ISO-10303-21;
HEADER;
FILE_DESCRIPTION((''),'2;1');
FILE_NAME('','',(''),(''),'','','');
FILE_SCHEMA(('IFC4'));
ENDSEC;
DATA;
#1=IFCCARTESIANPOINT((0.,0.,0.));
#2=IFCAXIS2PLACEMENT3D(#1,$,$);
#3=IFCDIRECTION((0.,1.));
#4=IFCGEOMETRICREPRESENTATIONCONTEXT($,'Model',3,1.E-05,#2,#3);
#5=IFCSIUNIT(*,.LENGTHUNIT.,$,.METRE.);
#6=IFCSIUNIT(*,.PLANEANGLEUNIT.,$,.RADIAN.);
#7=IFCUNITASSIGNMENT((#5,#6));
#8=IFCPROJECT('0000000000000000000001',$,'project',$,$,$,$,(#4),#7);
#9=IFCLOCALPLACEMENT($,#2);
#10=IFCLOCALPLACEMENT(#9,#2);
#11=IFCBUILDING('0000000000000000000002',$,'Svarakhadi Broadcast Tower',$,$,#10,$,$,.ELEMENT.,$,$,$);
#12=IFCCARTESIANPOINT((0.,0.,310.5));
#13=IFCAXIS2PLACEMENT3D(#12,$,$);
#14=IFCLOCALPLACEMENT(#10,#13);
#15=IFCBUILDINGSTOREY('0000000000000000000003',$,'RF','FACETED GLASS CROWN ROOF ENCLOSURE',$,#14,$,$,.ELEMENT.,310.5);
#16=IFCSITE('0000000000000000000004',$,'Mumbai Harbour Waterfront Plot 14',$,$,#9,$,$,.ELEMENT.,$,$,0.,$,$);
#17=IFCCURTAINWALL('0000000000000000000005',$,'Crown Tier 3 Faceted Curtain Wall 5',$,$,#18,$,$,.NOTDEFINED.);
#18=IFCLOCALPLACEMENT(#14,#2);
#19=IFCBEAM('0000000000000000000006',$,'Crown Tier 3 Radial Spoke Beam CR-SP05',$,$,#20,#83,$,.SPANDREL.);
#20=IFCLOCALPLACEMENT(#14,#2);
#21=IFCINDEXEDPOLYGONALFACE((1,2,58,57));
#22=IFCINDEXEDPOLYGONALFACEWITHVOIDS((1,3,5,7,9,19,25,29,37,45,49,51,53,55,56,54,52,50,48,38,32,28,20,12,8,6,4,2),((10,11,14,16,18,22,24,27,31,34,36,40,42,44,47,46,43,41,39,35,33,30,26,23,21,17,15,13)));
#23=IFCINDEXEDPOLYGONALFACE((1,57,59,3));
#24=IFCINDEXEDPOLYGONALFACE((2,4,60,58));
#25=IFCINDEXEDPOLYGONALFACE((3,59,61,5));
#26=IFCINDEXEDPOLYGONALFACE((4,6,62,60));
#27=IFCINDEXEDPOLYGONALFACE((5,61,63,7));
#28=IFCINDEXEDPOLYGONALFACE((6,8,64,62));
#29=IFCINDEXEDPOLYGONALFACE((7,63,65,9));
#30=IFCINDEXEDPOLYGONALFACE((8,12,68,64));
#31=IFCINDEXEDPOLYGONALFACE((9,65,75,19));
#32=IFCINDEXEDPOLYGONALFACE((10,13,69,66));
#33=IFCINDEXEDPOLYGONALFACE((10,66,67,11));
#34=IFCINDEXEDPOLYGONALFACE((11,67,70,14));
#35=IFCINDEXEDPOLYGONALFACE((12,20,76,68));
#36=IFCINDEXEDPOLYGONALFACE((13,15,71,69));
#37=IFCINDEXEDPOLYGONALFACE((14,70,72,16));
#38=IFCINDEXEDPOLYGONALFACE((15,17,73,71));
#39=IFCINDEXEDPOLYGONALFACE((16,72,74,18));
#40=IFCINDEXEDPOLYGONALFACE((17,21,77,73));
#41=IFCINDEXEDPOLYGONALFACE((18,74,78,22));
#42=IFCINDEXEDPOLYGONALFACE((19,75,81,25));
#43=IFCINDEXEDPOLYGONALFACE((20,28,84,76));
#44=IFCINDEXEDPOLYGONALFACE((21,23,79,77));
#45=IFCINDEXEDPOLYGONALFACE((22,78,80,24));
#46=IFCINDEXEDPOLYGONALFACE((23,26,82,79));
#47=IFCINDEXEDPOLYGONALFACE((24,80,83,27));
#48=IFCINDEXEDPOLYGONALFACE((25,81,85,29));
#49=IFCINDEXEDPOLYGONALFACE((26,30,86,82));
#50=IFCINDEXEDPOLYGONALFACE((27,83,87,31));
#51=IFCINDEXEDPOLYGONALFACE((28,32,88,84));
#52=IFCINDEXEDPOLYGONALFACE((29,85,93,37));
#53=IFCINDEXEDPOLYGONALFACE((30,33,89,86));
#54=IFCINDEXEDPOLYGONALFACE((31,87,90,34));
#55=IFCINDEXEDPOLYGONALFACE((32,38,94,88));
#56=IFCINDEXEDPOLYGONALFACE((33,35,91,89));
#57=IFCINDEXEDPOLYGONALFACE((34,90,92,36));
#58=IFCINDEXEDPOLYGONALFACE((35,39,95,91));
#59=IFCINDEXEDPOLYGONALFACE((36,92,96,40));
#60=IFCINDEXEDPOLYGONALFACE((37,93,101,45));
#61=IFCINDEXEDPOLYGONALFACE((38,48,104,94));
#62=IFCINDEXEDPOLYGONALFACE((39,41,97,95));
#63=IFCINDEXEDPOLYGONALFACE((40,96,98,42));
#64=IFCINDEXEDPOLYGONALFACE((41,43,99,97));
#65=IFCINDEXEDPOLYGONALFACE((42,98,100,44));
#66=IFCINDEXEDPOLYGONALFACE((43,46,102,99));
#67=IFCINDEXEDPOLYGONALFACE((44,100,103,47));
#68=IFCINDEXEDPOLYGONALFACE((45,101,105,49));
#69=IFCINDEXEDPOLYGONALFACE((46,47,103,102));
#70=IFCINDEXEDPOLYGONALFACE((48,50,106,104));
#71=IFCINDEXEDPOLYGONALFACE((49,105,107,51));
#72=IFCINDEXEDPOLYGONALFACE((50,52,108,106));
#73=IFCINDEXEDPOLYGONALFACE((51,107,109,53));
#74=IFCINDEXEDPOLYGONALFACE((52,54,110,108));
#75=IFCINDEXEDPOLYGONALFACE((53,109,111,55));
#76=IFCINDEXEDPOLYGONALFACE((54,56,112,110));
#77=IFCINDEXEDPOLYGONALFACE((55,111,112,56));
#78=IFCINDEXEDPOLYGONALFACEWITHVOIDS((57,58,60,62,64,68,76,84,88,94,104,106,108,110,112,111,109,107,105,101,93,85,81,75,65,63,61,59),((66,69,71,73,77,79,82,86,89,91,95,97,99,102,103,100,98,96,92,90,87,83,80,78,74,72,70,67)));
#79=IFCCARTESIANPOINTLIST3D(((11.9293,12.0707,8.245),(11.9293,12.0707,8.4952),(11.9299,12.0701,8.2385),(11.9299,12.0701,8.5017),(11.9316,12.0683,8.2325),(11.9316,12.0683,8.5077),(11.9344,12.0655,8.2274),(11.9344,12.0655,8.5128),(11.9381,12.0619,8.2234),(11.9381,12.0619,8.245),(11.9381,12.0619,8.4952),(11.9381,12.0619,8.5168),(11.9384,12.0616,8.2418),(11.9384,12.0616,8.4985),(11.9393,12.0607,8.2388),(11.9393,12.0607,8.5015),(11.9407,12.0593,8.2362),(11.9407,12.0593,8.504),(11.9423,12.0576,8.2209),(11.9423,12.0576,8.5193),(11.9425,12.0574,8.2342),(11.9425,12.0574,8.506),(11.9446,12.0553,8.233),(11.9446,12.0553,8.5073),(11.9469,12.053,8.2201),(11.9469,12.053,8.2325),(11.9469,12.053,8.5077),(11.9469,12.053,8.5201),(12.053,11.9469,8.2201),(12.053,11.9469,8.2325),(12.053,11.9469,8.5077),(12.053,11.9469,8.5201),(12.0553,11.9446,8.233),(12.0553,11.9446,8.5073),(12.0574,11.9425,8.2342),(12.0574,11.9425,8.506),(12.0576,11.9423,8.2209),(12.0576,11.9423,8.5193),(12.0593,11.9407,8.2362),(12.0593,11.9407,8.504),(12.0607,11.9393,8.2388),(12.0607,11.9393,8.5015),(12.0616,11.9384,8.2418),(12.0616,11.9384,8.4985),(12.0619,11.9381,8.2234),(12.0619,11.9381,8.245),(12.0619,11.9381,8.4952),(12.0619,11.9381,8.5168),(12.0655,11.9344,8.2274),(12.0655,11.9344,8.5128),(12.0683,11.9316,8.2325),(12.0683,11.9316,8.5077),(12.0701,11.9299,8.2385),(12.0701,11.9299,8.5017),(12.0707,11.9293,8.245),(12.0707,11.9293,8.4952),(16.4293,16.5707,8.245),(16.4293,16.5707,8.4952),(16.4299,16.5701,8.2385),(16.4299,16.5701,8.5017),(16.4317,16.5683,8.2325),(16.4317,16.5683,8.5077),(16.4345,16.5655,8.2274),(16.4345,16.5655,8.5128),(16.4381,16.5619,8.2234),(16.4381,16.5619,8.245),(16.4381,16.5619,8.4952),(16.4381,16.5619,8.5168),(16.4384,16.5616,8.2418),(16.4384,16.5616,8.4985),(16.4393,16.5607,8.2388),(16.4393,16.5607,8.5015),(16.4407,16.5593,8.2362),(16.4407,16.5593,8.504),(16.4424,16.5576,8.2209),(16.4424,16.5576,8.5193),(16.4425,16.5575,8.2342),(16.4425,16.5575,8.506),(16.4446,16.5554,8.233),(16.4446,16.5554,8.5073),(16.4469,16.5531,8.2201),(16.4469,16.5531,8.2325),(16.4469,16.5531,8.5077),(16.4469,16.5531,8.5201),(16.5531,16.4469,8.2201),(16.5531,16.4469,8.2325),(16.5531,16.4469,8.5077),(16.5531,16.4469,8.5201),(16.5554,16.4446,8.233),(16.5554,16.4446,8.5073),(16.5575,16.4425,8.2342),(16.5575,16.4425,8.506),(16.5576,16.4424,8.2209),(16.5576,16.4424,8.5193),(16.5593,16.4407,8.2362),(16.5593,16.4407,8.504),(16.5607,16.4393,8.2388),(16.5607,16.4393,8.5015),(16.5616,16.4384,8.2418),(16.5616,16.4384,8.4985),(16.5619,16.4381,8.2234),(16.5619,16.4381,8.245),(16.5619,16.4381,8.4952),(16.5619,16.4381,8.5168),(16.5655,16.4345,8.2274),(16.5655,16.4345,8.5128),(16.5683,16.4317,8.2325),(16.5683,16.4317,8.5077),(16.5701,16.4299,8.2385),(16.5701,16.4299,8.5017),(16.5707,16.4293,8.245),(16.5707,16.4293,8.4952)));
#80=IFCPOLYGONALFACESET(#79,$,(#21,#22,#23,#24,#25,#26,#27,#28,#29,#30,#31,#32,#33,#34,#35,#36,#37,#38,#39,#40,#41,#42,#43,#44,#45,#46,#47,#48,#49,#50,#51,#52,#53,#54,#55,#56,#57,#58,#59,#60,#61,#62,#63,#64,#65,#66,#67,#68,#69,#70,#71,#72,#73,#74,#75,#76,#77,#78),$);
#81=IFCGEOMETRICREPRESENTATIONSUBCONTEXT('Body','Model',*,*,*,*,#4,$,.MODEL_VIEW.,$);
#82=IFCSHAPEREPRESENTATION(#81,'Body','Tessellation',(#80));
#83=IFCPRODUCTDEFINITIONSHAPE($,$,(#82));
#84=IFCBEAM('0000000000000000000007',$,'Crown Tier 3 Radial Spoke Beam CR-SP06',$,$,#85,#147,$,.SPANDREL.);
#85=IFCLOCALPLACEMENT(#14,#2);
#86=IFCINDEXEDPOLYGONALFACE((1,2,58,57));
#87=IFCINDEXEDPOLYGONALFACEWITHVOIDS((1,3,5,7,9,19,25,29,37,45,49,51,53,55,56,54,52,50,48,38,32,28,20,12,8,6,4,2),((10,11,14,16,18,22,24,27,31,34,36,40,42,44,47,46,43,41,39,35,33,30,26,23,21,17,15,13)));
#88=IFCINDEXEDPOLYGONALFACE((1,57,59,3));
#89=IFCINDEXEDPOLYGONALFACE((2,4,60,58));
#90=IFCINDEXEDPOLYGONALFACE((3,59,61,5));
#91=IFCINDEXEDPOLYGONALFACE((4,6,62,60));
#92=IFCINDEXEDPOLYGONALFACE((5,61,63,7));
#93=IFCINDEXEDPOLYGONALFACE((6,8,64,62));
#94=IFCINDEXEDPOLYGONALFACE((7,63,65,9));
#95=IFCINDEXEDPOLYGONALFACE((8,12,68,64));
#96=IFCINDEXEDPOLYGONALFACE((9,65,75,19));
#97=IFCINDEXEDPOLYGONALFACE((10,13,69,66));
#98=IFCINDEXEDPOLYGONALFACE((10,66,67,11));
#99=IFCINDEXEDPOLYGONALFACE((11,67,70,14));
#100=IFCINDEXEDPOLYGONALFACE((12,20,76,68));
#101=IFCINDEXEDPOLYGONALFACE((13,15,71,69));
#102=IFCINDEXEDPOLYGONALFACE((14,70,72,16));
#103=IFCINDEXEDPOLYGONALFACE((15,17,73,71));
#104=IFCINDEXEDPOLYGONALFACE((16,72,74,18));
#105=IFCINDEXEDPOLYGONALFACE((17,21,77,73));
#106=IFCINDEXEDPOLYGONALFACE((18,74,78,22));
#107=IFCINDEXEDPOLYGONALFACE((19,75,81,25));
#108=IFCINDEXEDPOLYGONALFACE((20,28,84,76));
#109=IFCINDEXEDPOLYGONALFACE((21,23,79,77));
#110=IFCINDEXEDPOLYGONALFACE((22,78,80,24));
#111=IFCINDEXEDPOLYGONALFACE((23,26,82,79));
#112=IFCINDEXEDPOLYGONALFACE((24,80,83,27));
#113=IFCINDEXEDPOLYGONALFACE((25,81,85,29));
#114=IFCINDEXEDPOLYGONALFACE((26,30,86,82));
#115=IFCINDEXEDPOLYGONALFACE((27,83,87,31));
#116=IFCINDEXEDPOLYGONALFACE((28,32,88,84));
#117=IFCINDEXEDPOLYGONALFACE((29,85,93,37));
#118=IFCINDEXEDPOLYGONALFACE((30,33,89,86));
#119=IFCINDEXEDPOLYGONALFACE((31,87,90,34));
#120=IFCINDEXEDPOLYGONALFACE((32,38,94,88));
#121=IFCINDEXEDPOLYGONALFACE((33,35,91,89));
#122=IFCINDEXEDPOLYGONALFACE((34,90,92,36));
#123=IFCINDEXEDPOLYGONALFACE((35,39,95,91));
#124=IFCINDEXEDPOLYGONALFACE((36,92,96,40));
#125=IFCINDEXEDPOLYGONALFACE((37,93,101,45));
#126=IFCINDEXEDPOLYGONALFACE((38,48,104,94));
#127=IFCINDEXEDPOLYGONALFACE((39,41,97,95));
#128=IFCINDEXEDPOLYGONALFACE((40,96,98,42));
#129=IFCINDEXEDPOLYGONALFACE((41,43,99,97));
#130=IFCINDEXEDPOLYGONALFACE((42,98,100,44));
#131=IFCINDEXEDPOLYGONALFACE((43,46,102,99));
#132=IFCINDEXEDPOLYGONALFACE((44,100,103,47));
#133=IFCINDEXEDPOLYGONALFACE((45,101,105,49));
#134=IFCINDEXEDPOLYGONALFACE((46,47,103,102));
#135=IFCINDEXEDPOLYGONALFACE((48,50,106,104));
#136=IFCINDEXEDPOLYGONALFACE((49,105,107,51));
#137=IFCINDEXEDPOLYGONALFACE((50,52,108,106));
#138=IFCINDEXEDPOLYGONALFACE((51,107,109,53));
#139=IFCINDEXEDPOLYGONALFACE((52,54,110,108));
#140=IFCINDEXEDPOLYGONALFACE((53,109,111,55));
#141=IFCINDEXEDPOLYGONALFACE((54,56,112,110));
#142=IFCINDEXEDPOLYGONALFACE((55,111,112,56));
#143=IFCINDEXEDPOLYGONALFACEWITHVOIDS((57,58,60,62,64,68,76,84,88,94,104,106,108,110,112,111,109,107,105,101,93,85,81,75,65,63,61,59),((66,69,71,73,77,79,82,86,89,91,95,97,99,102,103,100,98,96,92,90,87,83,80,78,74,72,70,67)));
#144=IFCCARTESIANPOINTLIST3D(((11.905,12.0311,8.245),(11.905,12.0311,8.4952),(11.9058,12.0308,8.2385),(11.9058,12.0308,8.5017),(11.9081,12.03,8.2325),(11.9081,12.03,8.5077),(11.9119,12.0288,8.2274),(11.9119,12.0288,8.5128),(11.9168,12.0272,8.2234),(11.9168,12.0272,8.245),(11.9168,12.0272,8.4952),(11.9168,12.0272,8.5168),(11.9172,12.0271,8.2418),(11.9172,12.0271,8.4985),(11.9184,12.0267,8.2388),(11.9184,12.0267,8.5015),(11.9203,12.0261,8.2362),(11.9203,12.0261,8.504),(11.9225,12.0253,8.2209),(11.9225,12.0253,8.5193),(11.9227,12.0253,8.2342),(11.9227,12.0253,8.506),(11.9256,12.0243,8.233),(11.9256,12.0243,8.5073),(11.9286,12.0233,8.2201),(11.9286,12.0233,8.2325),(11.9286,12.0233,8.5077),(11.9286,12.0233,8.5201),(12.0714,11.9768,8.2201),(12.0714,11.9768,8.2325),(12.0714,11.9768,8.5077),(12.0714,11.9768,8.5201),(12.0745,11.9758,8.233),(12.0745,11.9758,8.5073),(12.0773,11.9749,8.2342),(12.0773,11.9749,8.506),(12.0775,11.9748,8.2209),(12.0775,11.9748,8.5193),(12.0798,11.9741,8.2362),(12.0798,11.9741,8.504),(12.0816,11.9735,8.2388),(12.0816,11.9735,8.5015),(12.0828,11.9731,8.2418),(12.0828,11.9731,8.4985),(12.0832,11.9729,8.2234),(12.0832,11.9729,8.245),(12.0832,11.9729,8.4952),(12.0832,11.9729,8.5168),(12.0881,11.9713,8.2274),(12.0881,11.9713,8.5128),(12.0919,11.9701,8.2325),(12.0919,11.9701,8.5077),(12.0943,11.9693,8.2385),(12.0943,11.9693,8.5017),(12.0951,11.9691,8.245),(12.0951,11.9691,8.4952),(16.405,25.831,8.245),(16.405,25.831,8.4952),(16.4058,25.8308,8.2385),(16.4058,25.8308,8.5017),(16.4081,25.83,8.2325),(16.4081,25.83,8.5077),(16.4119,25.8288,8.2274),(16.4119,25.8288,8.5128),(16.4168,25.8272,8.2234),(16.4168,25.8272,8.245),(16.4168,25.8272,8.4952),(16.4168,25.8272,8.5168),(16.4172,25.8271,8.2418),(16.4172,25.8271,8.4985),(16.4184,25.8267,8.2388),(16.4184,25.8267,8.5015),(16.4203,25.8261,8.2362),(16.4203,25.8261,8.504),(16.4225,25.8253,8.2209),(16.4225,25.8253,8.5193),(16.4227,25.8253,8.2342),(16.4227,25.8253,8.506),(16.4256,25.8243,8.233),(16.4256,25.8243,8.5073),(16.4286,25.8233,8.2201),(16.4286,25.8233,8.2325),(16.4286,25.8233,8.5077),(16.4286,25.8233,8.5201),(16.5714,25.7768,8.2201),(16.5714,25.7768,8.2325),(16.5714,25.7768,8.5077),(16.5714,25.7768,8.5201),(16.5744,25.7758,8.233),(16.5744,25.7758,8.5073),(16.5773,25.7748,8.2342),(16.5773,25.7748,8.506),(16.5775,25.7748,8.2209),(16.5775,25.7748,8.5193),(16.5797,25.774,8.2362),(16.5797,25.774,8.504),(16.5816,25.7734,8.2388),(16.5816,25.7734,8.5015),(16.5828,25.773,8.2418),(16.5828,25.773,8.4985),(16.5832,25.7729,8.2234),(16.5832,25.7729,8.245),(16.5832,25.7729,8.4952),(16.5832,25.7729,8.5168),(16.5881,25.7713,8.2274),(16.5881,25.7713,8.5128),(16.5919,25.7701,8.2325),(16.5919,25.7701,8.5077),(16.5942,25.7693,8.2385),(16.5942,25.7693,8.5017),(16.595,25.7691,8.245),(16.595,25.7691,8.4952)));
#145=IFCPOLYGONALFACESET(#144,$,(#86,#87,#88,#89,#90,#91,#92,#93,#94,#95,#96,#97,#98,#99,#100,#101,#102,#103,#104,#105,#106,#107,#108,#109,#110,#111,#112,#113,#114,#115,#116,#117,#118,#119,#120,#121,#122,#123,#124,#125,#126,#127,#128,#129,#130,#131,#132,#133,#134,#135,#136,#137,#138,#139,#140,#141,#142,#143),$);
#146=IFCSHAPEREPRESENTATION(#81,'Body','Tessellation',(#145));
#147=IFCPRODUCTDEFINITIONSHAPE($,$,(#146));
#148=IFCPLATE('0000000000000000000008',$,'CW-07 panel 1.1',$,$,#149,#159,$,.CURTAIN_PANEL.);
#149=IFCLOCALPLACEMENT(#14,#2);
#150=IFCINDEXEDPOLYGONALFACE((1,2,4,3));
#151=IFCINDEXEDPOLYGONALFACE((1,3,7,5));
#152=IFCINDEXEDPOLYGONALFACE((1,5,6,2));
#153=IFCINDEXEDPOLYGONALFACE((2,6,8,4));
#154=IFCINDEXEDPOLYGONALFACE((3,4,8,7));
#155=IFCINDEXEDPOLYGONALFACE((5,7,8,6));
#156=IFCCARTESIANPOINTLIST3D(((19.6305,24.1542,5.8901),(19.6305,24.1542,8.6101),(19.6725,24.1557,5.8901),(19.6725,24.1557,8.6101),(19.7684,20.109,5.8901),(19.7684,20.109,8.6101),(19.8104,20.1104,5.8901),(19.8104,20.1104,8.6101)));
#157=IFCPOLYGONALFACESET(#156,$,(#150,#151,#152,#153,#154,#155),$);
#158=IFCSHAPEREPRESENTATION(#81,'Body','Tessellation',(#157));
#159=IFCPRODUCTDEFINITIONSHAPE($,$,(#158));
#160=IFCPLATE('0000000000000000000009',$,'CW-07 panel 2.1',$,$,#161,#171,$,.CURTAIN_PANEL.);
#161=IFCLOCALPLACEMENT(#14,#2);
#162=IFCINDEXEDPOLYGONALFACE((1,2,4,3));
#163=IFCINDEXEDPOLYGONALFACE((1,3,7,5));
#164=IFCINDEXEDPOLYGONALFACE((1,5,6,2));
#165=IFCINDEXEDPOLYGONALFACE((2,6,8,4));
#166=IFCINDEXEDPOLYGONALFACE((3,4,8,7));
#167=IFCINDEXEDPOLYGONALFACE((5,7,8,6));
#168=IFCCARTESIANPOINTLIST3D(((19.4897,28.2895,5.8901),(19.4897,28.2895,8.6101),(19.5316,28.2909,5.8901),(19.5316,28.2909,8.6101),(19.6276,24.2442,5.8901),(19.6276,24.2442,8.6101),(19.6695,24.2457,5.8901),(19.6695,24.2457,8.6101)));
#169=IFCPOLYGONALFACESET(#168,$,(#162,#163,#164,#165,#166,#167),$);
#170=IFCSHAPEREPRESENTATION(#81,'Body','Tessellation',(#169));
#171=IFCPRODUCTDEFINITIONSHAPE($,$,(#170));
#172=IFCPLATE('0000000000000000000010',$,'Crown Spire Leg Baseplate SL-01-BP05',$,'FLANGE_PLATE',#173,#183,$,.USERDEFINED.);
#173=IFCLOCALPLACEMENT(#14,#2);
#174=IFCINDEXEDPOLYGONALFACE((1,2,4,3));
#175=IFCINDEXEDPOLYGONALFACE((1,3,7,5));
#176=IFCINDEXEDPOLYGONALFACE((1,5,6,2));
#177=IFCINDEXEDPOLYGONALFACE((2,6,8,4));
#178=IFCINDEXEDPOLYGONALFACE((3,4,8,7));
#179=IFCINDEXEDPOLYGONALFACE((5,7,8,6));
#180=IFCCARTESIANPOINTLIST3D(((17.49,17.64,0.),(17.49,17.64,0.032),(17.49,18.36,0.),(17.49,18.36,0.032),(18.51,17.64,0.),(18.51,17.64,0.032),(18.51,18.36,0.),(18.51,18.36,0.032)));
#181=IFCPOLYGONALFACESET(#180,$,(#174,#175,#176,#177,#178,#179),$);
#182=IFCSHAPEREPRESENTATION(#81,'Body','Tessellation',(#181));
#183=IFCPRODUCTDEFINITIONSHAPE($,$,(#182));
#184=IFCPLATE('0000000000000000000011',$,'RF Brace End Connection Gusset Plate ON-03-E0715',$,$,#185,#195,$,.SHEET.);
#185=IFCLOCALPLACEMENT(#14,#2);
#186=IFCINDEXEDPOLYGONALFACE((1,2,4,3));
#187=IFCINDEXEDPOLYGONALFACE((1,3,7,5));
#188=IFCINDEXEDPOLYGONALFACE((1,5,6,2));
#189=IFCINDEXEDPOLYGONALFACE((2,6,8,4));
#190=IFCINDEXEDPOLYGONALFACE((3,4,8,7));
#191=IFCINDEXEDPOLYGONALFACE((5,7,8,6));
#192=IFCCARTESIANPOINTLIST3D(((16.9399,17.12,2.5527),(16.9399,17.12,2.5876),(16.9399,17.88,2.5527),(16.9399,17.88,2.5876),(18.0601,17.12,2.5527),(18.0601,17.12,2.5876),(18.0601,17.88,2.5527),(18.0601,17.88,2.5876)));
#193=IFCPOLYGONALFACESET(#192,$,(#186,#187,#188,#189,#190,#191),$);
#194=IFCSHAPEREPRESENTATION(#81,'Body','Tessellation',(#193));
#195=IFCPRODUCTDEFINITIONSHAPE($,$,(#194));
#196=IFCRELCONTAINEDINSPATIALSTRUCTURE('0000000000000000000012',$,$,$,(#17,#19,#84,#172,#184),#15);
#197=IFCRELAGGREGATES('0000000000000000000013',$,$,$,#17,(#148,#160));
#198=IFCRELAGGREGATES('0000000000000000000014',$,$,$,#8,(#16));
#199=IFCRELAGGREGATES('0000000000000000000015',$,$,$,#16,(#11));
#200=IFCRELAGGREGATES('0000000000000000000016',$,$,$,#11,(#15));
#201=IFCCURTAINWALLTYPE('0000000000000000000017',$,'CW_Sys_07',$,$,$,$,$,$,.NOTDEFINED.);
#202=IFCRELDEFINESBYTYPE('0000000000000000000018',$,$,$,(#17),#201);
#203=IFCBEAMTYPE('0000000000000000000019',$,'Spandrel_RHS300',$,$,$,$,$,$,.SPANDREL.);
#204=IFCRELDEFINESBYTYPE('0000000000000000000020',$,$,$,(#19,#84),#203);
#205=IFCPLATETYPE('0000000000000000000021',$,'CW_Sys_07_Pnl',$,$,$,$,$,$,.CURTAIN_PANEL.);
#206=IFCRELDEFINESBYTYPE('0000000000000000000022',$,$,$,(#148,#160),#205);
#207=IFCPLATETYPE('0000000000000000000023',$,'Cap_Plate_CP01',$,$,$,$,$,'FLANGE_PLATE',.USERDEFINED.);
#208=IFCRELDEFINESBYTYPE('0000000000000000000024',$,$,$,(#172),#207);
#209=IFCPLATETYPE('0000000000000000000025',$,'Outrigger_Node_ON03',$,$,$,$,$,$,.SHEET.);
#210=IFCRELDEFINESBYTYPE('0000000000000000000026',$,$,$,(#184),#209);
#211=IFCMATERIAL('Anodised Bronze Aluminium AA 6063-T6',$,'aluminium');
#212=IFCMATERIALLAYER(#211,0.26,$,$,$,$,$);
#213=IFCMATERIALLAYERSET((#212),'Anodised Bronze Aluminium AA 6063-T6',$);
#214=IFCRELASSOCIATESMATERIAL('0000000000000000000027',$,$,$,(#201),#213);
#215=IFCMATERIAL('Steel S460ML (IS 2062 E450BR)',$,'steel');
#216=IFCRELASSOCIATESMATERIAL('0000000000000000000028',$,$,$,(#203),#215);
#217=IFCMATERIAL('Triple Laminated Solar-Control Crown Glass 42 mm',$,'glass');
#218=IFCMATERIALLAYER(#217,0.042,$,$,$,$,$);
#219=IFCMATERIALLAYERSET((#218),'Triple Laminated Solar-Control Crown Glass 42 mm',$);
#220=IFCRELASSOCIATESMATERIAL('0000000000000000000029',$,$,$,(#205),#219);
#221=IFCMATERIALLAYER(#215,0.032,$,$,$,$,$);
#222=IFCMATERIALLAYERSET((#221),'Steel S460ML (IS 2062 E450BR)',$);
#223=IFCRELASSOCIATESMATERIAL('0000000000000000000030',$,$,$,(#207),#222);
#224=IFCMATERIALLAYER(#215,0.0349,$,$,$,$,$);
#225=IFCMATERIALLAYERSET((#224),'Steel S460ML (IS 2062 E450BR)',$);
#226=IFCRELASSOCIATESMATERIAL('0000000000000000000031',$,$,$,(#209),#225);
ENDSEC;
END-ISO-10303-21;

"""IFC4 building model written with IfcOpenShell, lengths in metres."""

from ifc_helpers import new_model, si_unit, direction, frame, origin, origin_2d, place, context, subcontext, project, spatial, rectangle, hollow_rectangle, extrude, material, layer, layer_set, material_profile, profile_set, type_object, element, aggregate, save


model = new_model("IFC4")

# Units and contexts
model_context = context("Model", 3, precision=1e-05, world=origin(), true_north=direction((0.0, 1.0)))
body_context = subcontext(model_context, "Body", "Model", "MODEL_VIEW")
ifc_project = project(units=[si_unit("LENGTHUNIT", "METRE"), si_unit("PLANEANGLEUNIT", "RADIAN")], contexts=[model_context])

# Site, building, storey
site_placement = place(None, origin())
site = spatial("IfcSite", under=ifc_project, at=site_placement, Name="Mumbai Harbour Waterfront Plot 14", CompositionType="ELEMENT", RefElevation=0.0)
building_placement = place(site_placement, origin())
building = spatial("IfcBuilding", under=site, at=building_placement, Name="Svarakhadi Broadcast Tower", CompositionType="ELEMENT")
storey_placement = place(building_placement, frame((0.0, 0.0, 310.5)))
storey = spatial("IfcBuildingStorey", under=building, at=storey_placement, Name="RF", Description="FACETED GLASS CROWN ROOF ENCLOSURE", CompositionType="ELEMENT", Elevation=310.5)

# Shared definitions
ifc_material_1 = material(Name="Anodised Bronze Aluminium AA 6063-T6", Category="aluminium")
ifc_layer_1 = layer(ifc_material_1, 0.26)
ifc_layer_set_1 = layer_set([ifc_layer_1], Name="Anodised Bronze Aluminium AA 6063-T6")
curtain_wall_type = type_object("IfcCurtainWallType", Name="CW_Sys_07", PredefinedType="NOTDEFINED", material=ifc_layer_set_1)

# Curtain wall
curtain_wall_1_placement = place(storey_placement, origin())
curtain_wall_1 = element("IfcCurtainWall", 1, at=curtain_wall_1_placement, inside=storey, type_object=curtain_wall_type, Name="Crown Tier 3 Faceted Curtain Wall 5", PredefinedType="NOTDEFINED")

# Shared definitions
ifc_material_2 = material(Name="Steel S460ML (IS 2062 E450BR)", Category="steel")

# Beams
ifc_material_profile_1 = material_profile(ifc_material_2, hollow_rectangle(XDim=0.2, YDim=0.3, WallThickness=0.0125, InnerFilletRadius=0.0125, OuterFilletRadius=0.0249, at=origin_2d()), Name="RHS 300x200x12.5")
ifc_profile_set_1 = profile_set([ifc_material_profile_1], Name="Steel S460ML (IS 2062 E450BR)")
beam_type_1 = type_object("IfcBeamType", Name="Spandrel_RHS300", PredefinedType="SPANDREL", material=ifc_profile_set_1)
beam_1_placement = place(storey_placement, frame((16.5, 16.5, 8.3701), z_axis=(-0.707107, -0.707107, 0.0), x_axis=(0.707107, -0.707107, 0.0)))
element("IfcBeam", 2, at=beam_1_placement, inside=storey, type_object=beam_type_1, Name="Crown Tier 3 Radial Spoke Beam CR-SP05", PredefinedType="SPANDREL", context=body_context, shape_type="SweptSolid", body=[
    extrude(hollow_rectangle(XDim=0.2, YDim=0.3, WallThickness=0.0125, InnerFilletRadius=0.0125, OuterFilletRadius=0.0249, at=origin_2d()), origin(), (0.0, 0.0, 1.0), 6.364),
])
beam_2_placement = place(storey_placement, frame((16.5, 25.8, 8.3701), z_axis=(-0.31002, -0.95073, 0.0), x_axis=(0.95073, -0.31002, 0.0)))
element("IfcBeam", 3, at=beam_2_placement, inside=storey, type_object=beam_type_1, Name="Crown Tier 3 Radial Spoke Beam CR-SP06", PredefinedType="SPANDREL", context=body_context, shape_type="SweptSolid", body=[
    extrude(hollow_rectangle(XDim=0.2, YDim=0.3, WallThickness=0.0125, InnerFilletRadius=0.0125, OuterFilletRadius=0.0249, at=origin_2d()), origin(), (0.0, 0.0, 1.0), 14.5151),
])

# Plates
ifc_material_3 = material(Name="Triple Laminated Solar-Control Crown Glass 42 mm", Category="glass")
ifc_layer_2 = layer(ifc_material_3, 0.042)
ifc_layer_set_2 = layer_set([ifc_layer_2], Name="Triple Laminated Solar-Control Crown Glass 42 mm")
plate_type_1 = type_object("IfcPlateType", Name="CW_Sys_07_Pnl", PredefinedType="CURTAIN_PANEL", material=ifc_layer_set_2)
plate_1_placement = place(storey_placement, frame((19.7205, 22.1323, 5.8901), z_axis=(0.0, 0.0, 1.0), x_axis=(-0.03407, 0.999419, 0.0)))
plate_1 = element("IfcPlate", 4, at=plate_1_placement, type_object=plate_type_1, Name="CW-07 panel 1.1", PredefinedType="CURTAIN_PANEL", context=body_context, shape_type="SweptSolid", body=[
    extrude(rectangle(XDim=4.0476, YDim=0.042, at=origin_2d()), origin(), (0.0, 0.0, 1.0), 2.72),
])
plate_2_placement = place(storey_placement, frame((19.5796, 26.2676, 5.8901), z_axis=(0.0, 0.0, 1.0), x_axis=(-0.03407, 0.999419, 0.0)))
plate_2 = element("IfcPlate", 5, at=plate_2_placement, type_object=plate_type_1, Name="CW-07 panel 2.1", PredefinedType="CURTAIN_PANEL", context=body_context, shape_type="SweptSolid", body=[
    extrude(rectangle(XDim=4.0476, YDim=0.042, at=origin_2d()), origin(), (0.0, 0.0, 1.0), 2.72),
])
aggregate(curtain_wall_1, [plate_1, plate_2])

# Plates
ifc_layer_3 = layer(ifc_material_2, 0.032)
ifc_layer_set_3 = layer_set([ifc_layer_3], Name="Steel S460ML (IS 2062 E450BR)")
plate_type_2 = type_object("IfcPlateType", Name="Cap_Plate_CP01", ElementType="FLANGE_PLATE", PredefinedType="USERDEFINED", material=ifc_layer_set_3)
plate_3_placement = place(storey_placement, frame((18.0, 18.0, 0.0), z_axis=(0.0, 0.0, 1.0), x_axis=(1.0, 0.0, 0.0)))
element("IfcPlate", 6, at=plate_3_placement, inside=storey, type_object=plate_type_2, Name="Crown Spire Leg Baseplate SL-01-BP05", ObjectType="FLANGE_PLATE", PredefinedType="USERDEFINED", context=body_context, shape_type="SweptSolid", body=[
    extrude(rectangle(XDim=1.02, YDim=0.72, at=origin_2d()), origin(), (0.0, 0.0, 1.0), 0.032),
])
ifc_layer_4 = layer(ifc_material_2, 0.0349)
ifc_layer_set_4 = layer_set([ifc_layer_4], Name="Steel S460ML (IS 2062 E450BR)")
plate_type_3 = type_object("IfcPlateType", Name="Outrigger_Node_ON03", PredefinedType="SHEET", material=ifc_layer_set_4)
for number, where, z_axis, x_axis, name in (
    (7, (17.5, 17.5, 2.5527), (0.0, 0.0, 1.0), (1.0, 0.0, 0.0), "RF Brace End Connection Gusset Plate ON-03-E0715"),
):
    element("IfcPlate", number, at=place(storey_placement, frame(where, z_axis=z_axis, x_axis=x_axis)), inside=storey, type_object=plate_type_3, Name=name, PredefinedType="SHEET", context=body_context, shape_type="SweptSolid", body=[
        extrude(rectangle(XDim=1.1201, YDim=0.76, at=origin_2d()), origin(), (0.0, 0.0, 1.0), 0.0349),
    ])

save(model, "model.ifc")
